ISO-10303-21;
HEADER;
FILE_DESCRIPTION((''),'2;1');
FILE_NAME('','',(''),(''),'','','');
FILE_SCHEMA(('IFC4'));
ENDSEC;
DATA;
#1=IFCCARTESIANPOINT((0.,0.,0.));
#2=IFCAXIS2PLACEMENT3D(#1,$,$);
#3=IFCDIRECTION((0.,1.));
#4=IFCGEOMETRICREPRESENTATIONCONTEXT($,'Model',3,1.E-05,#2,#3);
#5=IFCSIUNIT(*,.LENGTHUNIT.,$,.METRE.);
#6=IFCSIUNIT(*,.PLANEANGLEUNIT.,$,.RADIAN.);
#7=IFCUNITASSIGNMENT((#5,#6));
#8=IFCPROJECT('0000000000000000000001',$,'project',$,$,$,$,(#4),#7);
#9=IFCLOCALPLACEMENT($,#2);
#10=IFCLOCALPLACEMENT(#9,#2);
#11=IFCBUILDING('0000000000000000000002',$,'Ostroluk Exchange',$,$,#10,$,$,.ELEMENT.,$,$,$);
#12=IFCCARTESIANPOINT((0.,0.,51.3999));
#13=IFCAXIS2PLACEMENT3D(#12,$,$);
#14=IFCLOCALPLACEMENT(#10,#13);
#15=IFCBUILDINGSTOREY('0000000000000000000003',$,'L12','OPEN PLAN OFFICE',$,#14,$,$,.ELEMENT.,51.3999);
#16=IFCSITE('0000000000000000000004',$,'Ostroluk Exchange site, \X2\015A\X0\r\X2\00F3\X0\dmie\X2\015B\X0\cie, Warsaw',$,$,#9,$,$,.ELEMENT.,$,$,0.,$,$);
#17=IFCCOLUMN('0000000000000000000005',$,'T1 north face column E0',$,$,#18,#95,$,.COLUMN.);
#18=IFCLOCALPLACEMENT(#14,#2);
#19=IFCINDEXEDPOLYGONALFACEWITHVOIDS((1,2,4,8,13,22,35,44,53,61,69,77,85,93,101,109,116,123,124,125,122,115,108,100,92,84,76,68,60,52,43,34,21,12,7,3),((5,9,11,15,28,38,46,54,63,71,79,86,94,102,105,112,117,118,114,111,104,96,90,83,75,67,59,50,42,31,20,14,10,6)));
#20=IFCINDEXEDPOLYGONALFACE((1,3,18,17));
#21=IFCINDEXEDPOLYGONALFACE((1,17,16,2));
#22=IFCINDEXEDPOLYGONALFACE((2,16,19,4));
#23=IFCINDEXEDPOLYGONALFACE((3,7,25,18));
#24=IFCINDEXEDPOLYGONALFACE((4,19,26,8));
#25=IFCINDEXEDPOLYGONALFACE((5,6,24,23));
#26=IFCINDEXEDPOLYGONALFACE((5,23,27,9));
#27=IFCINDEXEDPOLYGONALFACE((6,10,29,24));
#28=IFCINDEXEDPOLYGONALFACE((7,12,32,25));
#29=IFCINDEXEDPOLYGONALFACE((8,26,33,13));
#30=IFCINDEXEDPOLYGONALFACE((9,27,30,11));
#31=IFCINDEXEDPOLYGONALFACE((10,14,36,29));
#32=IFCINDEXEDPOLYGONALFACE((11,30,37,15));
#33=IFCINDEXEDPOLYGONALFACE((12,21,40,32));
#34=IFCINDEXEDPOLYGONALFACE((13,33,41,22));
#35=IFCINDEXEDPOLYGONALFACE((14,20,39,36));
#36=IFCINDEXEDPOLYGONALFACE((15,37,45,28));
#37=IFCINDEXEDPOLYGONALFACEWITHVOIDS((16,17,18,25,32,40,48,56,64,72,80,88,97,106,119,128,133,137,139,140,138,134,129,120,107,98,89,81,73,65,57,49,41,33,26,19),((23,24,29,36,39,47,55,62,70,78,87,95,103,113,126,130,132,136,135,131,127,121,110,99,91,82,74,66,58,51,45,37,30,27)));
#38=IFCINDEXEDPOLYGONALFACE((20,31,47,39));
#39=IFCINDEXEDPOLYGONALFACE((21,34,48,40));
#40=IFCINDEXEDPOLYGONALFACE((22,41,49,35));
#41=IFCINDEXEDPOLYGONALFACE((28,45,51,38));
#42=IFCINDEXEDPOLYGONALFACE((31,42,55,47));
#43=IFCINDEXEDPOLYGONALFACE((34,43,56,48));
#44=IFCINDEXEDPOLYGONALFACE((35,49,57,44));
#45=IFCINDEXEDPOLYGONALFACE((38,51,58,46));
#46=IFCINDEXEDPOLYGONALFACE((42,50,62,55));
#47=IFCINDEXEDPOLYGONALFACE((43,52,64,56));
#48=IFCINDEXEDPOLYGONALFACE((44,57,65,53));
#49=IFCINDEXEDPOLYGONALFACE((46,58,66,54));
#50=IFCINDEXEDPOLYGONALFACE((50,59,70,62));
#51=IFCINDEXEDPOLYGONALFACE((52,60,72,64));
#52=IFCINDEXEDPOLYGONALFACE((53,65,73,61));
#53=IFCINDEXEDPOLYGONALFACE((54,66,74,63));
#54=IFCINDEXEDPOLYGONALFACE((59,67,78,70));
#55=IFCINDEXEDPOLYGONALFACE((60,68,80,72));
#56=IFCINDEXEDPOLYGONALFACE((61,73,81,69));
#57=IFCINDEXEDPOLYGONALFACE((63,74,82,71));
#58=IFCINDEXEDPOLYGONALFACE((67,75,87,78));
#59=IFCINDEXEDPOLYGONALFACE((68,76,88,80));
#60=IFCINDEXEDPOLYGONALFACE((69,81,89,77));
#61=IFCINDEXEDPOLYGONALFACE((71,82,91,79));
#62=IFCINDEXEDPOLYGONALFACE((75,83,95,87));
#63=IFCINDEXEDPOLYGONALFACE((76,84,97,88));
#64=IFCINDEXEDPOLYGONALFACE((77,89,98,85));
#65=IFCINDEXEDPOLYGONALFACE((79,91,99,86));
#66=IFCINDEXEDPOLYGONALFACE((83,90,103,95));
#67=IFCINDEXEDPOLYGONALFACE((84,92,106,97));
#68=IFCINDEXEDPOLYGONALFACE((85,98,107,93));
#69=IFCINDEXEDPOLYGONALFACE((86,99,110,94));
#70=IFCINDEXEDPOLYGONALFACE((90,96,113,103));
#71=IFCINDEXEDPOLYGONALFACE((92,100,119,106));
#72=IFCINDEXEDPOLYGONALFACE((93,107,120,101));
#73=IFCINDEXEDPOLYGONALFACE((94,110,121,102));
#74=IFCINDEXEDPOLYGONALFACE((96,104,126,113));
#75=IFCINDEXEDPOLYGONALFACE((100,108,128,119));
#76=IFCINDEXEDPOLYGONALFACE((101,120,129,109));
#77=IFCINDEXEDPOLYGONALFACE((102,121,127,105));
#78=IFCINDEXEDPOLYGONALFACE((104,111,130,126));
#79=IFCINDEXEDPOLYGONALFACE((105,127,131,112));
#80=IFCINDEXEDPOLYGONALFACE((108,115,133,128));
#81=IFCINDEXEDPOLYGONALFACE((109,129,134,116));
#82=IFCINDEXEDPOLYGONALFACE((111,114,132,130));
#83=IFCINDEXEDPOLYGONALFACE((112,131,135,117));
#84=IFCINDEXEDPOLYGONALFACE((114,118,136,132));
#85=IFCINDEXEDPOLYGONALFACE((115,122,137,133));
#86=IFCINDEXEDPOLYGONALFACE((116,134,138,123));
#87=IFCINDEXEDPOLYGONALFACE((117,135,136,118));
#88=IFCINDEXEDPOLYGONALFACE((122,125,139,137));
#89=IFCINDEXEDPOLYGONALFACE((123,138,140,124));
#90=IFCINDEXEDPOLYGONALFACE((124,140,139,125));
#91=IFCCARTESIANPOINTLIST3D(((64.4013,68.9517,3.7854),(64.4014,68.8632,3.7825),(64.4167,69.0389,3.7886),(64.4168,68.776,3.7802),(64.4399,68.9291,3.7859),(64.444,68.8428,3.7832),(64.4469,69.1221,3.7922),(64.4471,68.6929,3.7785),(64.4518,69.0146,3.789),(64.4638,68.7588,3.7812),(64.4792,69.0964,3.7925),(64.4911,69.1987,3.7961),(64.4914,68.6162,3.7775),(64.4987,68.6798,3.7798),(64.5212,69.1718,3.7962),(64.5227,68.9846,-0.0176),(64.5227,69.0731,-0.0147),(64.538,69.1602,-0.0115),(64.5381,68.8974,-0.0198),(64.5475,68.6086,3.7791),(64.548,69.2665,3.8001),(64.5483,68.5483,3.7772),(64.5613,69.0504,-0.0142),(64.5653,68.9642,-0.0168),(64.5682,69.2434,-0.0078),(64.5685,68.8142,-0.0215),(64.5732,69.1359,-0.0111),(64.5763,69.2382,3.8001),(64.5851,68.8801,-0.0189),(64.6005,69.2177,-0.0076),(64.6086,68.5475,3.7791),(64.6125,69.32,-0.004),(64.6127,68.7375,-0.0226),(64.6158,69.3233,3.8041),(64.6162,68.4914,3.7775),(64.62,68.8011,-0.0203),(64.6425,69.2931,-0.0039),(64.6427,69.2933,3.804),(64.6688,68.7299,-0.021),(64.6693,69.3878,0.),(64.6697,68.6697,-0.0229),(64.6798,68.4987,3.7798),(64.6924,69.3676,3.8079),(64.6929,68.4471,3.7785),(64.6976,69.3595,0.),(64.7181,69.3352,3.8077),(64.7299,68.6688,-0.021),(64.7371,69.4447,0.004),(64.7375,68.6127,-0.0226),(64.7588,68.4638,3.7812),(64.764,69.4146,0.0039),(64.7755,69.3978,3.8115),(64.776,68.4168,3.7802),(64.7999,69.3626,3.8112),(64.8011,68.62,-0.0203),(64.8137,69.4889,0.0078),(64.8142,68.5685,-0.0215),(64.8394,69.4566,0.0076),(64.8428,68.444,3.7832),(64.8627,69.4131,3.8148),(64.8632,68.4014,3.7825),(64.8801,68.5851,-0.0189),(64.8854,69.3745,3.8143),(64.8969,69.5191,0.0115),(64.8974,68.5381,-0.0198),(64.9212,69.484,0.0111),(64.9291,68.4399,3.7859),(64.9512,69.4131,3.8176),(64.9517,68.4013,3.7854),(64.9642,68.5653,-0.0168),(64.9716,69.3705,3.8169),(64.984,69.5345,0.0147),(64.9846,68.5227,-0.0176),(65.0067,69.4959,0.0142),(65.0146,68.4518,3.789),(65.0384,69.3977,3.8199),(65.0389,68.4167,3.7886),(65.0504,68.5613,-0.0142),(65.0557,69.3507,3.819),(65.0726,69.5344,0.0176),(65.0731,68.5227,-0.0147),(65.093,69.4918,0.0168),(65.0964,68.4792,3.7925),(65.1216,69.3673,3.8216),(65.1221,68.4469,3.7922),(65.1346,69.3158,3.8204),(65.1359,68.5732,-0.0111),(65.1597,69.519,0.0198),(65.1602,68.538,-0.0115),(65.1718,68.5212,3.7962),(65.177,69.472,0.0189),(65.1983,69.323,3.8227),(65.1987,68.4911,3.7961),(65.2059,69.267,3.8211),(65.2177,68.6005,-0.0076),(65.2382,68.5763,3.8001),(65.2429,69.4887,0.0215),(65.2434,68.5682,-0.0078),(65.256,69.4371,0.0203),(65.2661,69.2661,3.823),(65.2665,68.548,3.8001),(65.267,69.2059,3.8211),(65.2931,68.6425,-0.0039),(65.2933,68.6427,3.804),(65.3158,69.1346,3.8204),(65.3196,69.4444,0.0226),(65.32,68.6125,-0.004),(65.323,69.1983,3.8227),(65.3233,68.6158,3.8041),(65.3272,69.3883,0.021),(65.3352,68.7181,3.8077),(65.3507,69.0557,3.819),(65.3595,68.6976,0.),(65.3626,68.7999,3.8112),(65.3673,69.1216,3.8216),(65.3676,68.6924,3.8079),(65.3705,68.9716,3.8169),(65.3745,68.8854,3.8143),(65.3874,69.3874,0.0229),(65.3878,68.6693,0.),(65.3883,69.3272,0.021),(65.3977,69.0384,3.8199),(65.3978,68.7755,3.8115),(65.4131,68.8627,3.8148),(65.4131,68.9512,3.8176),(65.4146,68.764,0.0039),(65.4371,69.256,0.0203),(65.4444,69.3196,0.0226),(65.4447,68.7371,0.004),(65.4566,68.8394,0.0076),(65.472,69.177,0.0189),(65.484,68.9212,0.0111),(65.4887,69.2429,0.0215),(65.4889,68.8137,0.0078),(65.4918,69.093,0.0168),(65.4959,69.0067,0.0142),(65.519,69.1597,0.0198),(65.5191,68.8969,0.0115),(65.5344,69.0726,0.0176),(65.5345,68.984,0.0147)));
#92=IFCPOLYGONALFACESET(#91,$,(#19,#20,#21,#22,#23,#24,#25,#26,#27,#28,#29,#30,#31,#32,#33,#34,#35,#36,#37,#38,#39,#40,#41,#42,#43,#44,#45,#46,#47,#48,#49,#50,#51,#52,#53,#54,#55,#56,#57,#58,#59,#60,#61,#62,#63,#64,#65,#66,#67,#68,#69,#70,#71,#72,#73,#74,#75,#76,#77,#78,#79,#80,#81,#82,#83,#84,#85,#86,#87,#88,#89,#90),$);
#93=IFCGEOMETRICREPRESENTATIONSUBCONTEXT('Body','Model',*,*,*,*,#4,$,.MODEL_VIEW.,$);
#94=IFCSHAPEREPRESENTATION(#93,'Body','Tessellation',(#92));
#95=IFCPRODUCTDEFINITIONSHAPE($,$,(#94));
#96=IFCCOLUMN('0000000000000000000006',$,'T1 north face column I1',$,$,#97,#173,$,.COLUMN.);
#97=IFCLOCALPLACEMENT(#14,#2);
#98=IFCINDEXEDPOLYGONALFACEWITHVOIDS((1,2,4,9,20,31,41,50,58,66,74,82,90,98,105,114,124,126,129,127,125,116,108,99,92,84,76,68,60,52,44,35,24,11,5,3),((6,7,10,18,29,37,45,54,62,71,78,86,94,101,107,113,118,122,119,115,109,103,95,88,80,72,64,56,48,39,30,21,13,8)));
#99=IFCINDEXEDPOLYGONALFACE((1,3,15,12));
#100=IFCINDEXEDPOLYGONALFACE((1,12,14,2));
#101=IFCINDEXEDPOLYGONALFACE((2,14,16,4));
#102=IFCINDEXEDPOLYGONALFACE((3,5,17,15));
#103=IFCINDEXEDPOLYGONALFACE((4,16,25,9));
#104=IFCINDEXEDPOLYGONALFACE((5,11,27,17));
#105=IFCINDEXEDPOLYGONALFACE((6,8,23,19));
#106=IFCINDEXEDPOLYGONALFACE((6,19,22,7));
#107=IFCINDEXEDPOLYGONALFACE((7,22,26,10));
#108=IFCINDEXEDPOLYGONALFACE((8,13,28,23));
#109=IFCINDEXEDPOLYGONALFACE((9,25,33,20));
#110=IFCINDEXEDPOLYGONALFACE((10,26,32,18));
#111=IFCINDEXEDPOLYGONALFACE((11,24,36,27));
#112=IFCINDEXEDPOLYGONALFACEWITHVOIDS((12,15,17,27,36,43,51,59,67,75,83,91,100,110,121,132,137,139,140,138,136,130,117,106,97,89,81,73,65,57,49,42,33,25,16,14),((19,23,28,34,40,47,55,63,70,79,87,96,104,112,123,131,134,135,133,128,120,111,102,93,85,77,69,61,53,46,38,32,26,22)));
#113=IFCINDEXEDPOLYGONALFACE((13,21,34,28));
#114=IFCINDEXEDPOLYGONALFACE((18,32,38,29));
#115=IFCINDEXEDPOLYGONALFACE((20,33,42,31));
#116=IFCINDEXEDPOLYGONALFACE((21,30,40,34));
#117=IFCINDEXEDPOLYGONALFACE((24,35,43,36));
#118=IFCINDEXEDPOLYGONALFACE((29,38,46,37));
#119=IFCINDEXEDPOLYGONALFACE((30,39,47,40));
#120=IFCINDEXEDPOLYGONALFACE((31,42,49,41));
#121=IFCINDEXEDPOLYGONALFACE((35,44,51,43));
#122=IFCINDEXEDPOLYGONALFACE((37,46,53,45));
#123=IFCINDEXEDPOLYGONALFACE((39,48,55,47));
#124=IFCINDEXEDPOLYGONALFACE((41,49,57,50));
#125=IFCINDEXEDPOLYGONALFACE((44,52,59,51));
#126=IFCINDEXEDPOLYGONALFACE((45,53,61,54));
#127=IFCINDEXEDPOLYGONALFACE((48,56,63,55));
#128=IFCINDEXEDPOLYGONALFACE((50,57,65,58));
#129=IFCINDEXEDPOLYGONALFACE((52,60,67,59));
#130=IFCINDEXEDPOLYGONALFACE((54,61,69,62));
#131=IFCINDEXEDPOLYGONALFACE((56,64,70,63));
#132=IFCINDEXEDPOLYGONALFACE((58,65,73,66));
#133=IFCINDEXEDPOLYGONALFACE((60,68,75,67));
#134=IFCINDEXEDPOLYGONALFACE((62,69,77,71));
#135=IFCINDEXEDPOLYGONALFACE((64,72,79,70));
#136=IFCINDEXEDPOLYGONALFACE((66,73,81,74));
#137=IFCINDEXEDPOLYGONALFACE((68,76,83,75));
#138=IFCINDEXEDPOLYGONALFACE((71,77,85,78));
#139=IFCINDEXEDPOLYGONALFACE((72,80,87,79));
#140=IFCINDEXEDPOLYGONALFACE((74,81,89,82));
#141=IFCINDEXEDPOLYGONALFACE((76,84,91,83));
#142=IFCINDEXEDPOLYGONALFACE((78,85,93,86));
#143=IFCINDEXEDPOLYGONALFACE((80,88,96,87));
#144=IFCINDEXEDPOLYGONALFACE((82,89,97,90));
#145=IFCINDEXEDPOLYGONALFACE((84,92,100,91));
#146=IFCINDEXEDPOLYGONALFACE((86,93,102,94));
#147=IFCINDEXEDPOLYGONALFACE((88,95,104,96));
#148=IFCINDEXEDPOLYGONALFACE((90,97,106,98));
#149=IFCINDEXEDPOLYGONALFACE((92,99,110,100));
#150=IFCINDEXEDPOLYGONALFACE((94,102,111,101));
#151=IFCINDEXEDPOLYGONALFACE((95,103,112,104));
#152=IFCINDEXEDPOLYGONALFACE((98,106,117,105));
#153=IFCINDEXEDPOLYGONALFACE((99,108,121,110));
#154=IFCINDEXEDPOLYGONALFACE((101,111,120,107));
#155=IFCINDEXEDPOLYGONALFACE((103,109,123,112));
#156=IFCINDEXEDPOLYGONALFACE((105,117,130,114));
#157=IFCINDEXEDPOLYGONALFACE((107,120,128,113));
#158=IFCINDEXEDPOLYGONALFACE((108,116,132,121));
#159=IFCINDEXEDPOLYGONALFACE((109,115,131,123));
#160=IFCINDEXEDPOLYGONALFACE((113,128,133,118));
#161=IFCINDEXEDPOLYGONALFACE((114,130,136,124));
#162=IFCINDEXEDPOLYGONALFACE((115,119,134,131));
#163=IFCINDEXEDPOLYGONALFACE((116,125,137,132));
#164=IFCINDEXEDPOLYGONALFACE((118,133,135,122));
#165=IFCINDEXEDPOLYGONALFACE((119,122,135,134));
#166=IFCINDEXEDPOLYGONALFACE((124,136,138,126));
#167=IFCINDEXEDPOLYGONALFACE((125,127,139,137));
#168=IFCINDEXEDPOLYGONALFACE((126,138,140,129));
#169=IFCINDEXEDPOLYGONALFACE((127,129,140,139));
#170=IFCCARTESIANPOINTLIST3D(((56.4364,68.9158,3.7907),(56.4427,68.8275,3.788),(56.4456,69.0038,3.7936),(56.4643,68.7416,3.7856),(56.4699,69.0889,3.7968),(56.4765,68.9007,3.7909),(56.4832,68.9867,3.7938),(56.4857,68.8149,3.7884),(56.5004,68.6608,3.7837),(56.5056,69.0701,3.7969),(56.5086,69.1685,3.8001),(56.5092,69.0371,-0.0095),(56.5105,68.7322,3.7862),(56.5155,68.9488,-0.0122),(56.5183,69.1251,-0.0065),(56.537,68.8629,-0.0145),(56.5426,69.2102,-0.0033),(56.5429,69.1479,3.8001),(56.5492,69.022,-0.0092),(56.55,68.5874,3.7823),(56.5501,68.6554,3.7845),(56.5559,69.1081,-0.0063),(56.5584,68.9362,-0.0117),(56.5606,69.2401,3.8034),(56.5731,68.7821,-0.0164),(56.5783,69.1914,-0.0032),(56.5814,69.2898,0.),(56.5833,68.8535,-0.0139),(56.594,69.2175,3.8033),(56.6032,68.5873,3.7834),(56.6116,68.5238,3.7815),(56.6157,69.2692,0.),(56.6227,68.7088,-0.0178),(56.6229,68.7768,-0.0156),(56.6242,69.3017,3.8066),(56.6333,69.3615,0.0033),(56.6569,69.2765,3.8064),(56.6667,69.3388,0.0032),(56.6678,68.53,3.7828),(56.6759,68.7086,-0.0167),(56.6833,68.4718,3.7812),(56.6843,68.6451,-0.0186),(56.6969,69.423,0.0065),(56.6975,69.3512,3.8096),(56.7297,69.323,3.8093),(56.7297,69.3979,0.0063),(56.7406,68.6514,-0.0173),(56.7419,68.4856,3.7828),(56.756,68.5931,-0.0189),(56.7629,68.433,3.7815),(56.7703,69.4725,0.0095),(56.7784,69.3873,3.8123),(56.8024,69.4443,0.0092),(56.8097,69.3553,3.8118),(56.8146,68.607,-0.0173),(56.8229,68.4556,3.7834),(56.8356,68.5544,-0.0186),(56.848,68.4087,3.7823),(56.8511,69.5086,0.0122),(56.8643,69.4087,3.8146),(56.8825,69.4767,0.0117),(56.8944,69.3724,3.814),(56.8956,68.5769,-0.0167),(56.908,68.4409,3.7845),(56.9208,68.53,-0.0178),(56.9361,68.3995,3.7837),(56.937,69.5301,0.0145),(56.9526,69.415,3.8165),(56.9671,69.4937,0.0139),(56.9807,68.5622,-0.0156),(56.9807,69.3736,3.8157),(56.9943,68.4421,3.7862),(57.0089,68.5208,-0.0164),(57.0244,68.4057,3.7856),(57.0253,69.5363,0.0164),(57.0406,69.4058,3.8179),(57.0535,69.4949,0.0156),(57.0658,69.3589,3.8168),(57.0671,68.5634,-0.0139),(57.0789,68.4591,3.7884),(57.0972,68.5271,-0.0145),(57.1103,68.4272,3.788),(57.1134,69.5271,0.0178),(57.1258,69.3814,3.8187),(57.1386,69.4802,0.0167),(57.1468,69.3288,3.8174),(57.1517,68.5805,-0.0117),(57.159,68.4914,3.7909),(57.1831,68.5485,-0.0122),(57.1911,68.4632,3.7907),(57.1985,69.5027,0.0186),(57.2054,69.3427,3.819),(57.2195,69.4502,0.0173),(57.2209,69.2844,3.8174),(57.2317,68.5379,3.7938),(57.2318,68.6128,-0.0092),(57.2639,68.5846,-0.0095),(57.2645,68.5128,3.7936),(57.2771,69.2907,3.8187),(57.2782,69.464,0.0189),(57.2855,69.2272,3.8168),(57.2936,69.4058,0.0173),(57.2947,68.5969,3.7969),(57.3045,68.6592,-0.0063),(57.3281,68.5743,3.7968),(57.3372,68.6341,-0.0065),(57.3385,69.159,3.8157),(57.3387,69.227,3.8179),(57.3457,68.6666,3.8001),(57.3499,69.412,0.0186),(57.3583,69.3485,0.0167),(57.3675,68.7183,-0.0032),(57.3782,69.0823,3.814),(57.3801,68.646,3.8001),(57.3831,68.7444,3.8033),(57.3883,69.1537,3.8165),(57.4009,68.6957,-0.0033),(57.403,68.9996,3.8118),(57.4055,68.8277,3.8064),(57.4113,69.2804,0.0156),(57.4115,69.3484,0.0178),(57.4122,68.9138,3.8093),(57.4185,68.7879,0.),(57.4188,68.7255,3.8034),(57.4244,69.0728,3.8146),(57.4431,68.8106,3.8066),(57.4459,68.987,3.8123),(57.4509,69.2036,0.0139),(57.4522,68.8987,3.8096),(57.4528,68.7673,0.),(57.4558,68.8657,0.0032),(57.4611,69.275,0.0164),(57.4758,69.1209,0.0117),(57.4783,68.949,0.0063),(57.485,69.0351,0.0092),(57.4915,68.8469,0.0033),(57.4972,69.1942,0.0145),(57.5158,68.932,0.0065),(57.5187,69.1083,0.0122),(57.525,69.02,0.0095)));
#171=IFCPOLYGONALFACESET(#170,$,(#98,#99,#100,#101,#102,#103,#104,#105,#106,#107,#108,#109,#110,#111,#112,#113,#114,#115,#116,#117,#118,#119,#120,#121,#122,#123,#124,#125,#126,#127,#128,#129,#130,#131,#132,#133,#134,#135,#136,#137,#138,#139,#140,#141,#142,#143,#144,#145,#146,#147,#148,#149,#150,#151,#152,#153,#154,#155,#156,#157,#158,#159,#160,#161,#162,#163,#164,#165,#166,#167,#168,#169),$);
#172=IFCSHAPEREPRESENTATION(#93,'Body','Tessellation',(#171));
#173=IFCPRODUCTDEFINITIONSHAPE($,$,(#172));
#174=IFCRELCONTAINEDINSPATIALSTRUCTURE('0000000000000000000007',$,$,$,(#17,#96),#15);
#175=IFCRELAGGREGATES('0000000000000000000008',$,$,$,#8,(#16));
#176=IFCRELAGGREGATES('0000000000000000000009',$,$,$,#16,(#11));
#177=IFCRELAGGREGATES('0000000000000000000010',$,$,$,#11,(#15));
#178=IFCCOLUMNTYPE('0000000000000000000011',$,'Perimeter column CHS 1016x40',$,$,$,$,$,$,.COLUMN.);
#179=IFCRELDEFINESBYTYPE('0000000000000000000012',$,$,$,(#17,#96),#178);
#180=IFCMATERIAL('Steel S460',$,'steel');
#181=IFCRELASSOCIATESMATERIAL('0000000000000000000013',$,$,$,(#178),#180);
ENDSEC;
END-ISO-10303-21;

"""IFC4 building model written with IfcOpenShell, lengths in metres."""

from ifc_helpers import new_model, si_unit, direction, frame, origin, origin_2d, place, context, subcontext, project, spatial, hollow_circle, extrude, material, material_profile, profile_set, type_object, element, save


model = new_model("IFC4")

# Units and contexts
model_context = context("Model", 3, precision=1e-05, world=origin(), true_north=direction((0.0, 1.0)))
body_context = subcontext(model_context, "Body", "Model", "MODEL_VIEW")
ifc_project = project(units=[si_unit("LENGTHUNIT", "METRE"), si_unit("PLANEANGLEUNIT", "RADIAN")], contexts=[model_context])

# Site, building, storey
site_placement = place(None, origin())
site = spatial("IfcSite", under=ifc_project, at=site_placement, Name="Ostroluk Exchange site, Śródmieście, Warsaw", CompositionType="ELEMENT", RefElevation=0.0)
building_placement = place(site_placement, origin())
building = spatial("IfcBuilding", under=site, at=building_placement, Name="Ostroluk Exchange", CompositionType="ELEMENT")
storey_placement = place(building_placement, frame((0.0, 0.0, 51.3999)))
storey = spatial("IfcBuildingStorey", under=building, at=storey_placement, Name="L12", Description="OPEN PLAN OFFICE", CompositionType="ELEMENT", Elevation=51.3999)

# Columns
ifc_material_1 = material(Name="Steel S460", Category="steel")
ifc_material_profile_1 = material_profile(ifc_material_1, hollow_circle(Radius=0.5081, WallThickness=0.04, at=origin_2d()), Name="CHS 1016x40")
ifc_profile_set_1 = profile_set([ifc_material_profile_1], Name="Steel S460")
column_type = type_object("IfcColumnType", Name="Perimeter column CHS 1016x40", PredefinedType="COLUMN", material=ifc_profile_set_1)
column_1_placement = place(storey_placement, frame((65.0286, 69.0286, 0.0), z_axis=(-0.031898, -0.031898, 0.998982), x_axis=(0.707107, -0.707107, 0.0)))
element("IfcColumn", 1, at=column_1_placement, inside=storey, type_object=column_type, Name="T1 north face column E0", PredefinedType="COLUMN", context=body_context, shape_type="SweptSolid", body=[
    extrude(hollow_circle(Radius=0.5081, WallThickness=0.04, at=origin_2d()), origin(), (0.0, 0.0, 1.0), 3.804),
])
column_2_placement = place(storey_placement, frame((57.0171, 69.0286, 0.0), z_axis=(-0.019132, -0.031909, 0.999308), x_axis=(0.857645, -0.514242, 0.0)))
element("IfcColumn", 2, at=column_2_placement, inside=storey, type_object=column_type, Name="T1 north face column I1", PredefinedType="COLUMN", context=body_context, shape_type="SweptSolid", body=[
    extrude(hollow_circle(Radius=0.5081, WallThickness=0.04, at=origin_2d()), origin(), (0.0, 0.0, 1.0), 3.8027),
])

save(model, "model.ifc")
